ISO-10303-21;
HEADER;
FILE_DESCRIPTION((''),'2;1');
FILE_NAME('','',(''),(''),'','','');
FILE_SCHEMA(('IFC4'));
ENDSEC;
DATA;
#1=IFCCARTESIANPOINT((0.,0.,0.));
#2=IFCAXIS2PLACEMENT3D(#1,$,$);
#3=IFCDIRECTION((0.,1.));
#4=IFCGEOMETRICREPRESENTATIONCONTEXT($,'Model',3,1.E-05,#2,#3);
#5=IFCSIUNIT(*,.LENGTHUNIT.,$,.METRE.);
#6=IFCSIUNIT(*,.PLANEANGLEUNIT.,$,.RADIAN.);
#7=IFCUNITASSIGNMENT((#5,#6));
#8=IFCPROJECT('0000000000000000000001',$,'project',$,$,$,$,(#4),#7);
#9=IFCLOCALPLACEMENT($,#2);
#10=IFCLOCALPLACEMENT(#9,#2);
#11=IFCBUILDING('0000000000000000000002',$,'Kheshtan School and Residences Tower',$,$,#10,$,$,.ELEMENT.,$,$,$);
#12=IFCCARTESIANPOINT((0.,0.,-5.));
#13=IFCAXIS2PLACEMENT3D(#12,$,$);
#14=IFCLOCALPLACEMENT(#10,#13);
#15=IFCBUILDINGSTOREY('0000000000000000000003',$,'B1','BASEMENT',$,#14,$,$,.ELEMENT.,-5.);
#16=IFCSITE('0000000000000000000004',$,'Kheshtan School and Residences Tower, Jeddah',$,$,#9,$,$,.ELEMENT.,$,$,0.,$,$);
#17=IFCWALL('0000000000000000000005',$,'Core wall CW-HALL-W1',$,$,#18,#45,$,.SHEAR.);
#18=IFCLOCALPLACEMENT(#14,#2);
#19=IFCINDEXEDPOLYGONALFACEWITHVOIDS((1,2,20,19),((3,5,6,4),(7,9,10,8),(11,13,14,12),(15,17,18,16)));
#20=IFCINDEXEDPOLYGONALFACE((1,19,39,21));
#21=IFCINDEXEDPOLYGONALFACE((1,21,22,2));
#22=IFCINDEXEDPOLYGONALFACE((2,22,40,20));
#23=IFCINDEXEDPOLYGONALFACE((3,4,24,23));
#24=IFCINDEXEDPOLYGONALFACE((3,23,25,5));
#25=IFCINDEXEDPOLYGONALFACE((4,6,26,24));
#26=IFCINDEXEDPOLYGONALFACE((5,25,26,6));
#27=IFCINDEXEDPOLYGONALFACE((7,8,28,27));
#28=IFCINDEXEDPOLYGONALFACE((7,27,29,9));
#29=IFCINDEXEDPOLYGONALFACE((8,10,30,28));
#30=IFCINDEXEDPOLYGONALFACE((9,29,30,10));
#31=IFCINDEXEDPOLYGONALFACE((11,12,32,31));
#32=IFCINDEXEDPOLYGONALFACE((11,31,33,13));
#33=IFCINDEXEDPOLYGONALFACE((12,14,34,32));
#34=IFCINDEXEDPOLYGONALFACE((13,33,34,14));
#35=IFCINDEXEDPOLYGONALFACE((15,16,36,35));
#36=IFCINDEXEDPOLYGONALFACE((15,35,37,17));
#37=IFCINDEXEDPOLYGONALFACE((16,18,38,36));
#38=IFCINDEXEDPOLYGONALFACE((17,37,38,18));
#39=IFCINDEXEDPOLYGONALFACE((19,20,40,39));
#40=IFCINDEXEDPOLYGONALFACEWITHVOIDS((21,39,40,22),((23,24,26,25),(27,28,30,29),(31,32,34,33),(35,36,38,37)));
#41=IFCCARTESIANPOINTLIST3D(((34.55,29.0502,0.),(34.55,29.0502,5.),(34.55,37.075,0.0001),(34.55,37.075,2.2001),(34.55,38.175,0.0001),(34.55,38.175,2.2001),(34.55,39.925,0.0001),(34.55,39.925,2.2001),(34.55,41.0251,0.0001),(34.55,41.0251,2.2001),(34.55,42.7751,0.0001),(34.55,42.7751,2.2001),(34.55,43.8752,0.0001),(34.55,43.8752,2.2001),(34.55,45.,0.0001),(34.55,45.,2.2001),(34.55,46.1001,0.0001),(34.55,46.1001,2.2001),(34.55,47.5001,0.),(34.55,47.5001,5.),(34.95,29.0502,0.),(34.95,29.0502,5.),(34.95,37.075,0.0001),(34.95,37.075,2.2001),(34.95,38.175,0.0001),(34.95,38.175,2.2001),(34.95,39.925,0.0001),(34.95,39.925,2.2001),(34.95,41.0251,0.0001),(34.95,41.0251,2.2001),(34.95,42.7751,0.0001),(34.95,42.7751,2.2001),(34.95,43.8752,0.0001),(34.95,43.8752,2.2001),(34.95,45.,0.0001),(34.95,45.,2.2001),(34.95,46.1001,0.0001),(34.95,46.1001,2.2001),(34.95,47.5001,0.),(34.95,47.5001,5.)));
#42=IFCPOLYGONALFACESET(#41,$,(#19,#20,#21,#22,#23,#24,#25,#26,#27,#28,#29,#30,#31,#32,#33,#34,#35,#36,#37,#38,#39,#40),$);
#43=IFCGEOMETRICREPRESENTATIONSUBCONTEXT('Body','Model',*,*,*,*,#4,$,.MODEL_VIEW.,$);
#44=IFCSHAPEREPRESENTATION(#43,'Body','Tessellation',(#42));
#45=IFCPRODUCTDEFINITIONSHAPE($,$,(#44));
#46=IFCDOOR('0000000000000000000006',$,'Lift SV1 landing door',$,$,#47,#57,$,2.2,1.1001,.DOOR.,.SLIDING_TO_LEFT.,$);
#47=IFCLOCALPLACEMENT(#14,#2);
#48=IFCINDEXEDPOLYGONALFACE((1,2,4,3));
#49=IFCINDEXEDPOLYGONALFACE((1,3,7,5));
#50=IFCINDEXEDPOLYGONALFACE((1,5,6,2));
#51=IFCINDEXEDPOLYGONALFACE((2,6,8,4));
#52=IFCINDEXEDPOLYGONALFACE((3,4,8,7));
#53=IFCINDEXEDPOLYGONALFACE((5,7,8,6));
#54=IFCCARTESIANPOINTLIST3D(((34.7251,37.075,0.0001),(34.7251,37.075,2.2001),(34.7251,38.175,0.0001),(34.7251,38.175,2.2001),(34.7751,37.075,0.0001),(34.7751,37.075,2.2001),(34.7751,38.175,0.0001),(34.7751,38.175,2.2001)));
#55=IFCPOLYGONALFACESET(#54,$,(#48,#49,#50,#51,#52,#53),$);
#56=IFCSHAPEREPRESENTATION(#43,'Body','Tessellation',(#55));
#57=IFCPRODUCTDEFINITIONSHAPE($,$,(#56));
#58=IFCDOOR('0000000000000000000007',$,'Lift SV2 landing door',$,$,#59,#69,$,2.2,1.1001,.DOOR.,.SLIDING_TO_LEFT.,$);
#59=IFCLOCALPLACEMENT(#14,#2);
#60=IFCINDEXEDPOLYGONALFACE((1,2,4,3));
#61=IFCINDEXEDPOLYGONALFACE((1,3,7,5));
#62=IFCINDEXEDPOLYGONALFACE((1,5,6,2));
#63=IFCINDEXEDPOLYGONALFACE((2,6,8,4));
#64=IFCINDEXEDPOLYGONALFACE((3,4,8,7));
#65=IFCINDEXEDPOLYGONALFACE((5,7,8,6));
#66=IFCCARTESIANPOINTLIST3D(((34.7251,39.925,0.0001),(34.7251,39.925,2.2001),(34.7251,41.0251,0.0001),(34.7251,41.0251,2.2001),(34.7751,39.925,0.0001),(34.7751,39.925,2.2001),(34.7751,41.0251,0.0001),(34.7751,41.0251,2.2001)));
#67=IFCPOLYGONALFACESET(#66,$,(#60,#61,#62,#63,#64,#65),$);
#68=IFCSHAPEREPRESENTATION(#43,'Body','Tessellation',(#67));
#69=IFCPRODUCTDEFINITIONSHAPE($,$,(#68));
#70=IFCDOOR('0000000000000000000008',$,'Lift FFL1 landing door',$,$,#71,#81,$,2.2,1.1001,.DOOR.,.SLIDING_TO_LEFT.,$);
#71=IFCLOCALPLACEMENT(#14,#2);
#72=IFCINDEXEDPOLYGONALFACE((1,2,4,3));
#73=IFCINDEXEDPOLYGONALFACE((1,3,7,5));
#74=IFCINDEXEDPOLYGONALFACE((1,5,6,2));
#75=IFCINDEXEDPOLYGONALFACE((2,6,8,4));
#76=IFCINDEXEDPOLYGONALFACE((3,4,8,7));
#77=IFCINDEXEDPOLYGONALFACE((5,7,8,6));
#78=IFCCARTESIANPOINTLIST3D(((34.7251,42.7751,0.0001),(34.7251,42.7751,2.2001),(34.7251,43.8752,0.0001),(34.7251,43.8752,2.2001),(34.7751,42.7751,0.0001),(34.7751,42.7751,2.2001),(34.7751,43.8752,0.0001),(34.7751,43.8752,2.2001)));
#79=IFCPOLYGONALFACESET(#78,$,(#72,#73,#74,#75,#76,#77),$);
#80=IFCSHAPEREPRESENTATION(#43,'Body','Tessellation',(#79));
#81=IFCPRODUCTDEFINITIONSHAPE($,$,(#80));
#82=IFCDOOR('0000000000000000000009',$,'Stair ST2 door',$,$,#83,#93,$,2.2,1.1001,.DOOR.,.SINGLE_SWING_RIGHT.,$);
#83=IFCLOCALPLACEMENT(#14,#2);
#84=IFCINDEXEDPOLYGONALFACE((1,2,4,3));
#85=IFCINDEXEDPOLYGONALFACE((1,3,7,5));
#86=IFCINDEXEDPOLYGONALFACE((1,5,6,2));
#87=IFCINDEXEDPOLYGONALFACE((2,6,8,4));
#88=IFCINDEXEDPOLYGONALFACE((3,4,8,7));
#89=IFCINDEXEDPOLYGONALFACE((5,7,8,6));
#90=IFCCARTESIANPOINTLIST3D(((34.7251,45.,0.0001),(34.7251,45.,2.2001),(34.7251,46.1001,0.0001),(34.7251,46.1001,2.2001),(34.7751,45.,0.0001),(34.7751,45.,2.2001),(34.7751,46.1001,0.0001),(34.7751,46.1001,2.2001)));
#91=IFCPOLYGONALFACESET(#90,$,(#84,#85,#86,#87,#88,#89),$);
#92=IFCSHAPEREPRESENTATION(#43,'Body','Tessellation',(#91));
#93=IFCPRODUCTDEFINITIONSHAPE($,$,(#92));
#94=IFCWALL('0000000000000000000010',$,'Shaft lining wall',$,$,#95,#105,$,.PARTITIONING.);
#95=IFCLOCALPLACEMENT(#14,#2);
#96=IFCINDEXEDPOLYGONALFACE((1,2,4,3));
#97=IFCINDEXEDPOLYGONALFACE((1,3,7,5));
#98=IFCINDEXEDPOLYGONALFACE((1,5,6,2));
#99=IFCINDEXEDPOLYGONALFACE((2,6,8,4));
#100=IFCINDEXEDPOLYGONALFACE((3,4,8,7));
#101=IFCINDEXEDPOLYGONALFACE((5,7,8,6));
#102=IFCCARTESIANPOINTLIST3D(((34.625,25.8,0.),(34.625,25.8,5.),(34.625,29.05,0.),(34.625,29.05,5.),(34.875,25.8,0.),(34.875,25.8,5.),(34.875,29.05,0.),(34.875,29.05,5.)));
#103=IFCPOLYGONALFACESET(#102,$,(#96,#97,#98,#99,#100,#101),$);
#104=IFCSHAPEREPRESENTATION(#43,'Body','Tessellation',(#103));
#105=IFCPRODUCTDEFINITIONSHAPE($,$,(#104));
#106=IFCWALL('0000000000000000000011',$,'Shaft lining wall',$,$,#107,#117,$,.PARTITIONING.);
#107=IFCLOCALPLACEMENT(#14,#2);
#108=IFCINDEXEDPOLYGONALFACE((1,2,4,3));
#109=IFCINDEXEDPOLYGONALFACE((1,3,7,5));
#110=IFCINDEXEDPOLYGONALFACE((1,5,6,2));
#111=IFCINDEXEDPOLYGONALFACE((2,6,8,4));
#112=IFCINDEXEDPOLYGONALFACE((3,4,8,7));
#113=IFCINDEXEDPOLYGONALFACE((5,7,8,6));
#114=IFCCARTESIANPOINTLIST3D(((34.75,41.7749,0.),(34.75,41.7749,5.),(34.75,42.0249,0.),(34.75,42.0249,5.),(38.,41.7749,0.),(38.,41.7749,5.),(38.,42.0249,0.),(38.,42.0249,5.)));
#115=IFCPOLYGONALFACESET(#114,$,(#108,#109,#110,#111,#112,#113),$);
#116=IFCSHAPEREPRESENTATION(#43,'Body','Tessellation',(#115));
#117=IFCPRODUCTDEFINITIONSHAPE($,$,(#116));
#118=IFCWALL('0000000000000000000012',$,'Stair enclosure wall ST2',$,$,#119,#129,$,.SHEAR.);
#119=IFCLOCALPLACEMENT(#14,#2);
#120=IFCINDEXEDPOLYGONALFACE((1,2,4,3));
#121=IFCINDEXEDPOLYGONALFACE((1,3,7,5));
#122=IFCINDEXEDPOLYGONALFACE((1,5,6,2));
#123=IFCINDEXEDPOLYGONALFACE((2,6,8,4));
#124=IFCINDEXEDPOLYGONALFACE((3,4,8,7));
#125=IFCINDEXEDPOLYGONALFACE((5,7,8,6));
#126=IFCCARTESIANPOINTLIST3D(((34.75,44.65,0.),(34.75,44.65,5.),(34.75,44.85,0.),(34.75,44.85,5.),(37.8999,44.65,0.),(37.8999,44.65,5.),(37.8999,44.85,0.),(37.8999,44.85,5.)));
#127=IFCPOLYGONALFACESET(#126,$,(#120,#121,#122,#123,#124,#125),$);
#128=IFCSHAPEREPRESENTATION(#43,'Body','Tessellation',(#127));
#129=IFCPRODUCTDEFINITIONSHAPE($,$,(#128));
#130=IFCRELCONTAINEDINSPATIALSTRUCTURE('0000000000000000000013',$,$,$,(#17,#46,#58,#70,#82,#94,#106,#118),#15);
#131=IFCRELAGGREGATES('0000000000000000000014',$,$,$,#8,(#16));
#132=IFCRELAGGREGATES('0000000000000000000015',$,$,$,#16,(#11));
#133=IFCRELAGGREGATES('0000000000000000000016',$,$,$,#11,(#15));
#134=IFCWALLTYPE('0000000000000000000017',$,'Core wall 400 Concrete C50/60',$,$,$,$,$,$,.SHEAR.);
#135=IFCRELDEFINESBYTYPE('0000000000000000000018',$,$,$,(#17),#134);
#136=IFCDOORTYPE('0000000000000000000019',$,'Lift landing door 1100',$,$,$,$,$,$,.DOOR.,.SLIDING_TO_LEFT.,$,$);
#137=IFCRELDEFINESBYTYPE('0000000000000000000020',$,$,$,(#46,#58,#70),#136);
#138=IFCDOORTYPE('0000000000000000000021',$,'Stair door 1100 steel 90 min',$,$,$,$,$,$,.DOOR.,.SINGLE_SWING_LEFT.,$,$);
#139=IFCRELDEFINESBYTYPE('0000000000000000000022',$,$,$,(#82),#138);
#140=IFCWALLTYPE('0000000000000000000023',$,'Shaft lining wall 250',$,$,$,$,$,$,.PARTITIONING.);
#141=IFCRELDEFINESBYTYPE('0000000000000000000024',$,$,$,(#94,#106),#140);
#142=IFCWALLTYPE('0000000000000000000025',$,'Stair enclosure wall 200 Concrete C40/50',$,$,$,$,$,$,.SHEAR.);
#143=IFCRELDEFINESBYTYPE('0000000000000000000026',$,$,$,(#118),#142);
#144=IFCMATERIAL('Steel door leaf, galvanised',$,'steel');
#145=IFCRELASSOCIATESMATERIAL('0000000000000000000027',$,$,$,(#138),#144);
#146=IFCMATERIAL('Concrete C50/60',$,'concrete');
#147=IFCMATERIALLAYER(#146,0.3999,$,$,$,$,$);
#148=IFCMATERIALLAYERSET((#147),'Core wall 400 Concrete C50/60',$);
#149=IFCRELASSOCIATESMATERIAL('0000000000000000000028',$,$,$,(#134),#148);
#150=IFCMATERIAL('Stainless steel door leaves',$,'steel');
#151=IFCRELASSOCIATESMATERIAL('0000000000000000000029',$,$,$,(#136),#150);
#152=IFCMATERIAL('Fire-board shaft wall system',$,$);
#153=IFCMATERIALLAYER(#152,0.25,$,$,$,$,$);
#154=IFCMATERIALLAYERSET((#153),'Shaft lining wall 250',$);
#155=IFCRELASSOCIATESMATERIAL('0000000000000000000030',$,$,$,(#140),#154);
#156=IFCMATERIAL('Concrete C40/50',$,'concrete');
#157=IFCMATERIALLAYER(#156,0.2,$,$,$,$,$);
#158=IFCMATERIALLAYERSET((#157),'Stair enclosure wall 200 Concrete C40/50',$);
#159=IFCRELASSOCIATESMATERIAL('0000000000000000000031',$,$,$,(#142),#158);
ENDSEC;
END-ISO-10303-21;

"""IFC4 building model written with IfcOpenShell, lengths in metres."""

from ifc_helpers import new_model, si_unit, direction, frame, frame_2d, origin, place, context, subcontext, project, spatial, rectangle, extrude, source, transform, mapped, material, layer, layer_set, type_object, element, fill, save


model = new_model("IFC4")

# Units and contexts
model_context = context("Model", 3, precision=1e-05, world=origin(), true_north=direction((0.0, 1.0)))
body_context = subcontext(model_context, "Body", "Model", "MODEL_VIEW")
ifc_project = project(units=[si_unit("LENGTHUNIT", "METRE"), si_unit("PLANEANGLEUNIT", "RADIAN")], contexts=[model_context])

# Site, building, storey
site_placement = place(None, origin())
site = spatial("IfcSite", under=ifc_project, at=site_placement, Name="Kheshtan School and Residences Tower, Jeddah", CompositionType="ELEMENT", RefElevation=0.0)
building_placement = place(site_placement, origin())
building = spatial("IfcBuilding", under=site, at=building_placement, Name="Kheshtan School and Residences Tower", CompositionType="ELEMENT")
storey_placement = place(building_placement, frame((0.0, 0.0, -5.0)))
storey = spatial("IfcBuildingStorey", under=building, at=storey_placement, Name="B1", Description="BASEMENT", CompositionType="ELEMENT", Elevation=-5.0)

# Shared definitions
ifc_material_1 = material(Name="Steel door leaf, galvanised", Category="steel")
door_type_1 = type_object("IfcDoorType", Name="Stair door 1100 steel 90 min", OperationType="SINGLE_SWING_LEFT", PredefinedType="DOOR", material=ifc_material_1)

# Shared definitions
ifc_material_2 = material(Name="Concrete C50/60", Category="concrete")
ifc_layer_1 = layer(ifc_material_2, 0.3999)
ifc_layer_set_1 = layer_set([ifc_layer_1], Name="Core wall 400 Concrete C50/60")
wall_type_1 = type_object("IfcWallType", Name="Core wall 400 Concrete C50/60", PredefinedType="SHEAR", material=ifc_layer_set_1)
ifc_material_3 = material(Name="Stainless steel door leaves", Category="steel")
door_type_2 = type_object("IfcDoorType", Name="Lift landing door 1100", OperationType="SLIDING_TO_LEFT", PredefinedType="DOOR", material=ifc_material_3)
shared_shape_1 = source(origin(), body_context, "Body", "SweptSolid", [
    extrude(rectangle(XDim=1.1001, YDim=2.2, at=frame_2d((0.55, 1.1001))), frame((0.0, 0.0249, 0.0), z_axis=(0.0, -1.0, 0.0), x_axis=(1.0, 0.0, 0.0)), (0.0, 0.0, 1.0), 0.05),
])

# Wall, openings, doors
wall_1_placement = place(storey_placement, frame((34.75, 29.05, 0.0), z_axis=(0.0, 0.0, 1.0), x_axis=(0.0, 1.0, 0.0)))
wall_1 = element("IfcWall", 1, at=wall_1_placement, inside=storey, type_object=wall_type_1, Name="Core wall CW-HALL-W1", PredefinedType="SHEAR", context=body_context, shape_type="SweptSolid", body=[
    extrude(rectangle(XDim=18.45, YDim=0.3999, at=frame_2d((9.2251, 0.0))), origin(), (0.0, 0.0, 1.0), 5.0),
])
opening_1_placement = place(wall_1_placement, frame((8.0249, 0.0, 0.0)))
opening_1 = element("IfcOpeningElement", 2, at=opening_1_placement, cuts=wall_1, PredefinedType="OPENING", context=body_context, shape_type="SweptSolid", body=[
    extrude(rectangle(XDim=1.1001, YDim=2.2, at=frame_2d((0.55, 1.1001))), frame((0.0, 0.21, 0.0), z_axis=(0.0, -1.0, 0.0), x_axis=(1.0, 0.0, 0.0)), (0.0, 0.0, 1.0), 0.4199),
])
opening_2_placement = place(wall_1_placement, frame((10.875, 0.0, 0.0)))
opening_2 = element("IfcOpeningElement", 3, at=opening_2_placement, cuts=wall_1, PredefinedType="OPENING", context=body_context, shape_type="SweptSolid", body=[
    extrude(rectangle(XDim=1.1001, YDim=2.2, at=frame_2d((0.55, 1.1001))), frame((0.0, 0.21, 0.0), z_axis=(0.0, -1.0, 0.0), x_axis=(1.0, 0.0, 0.0)), (0.0, 0.0, 1.0), 0.4199),
])
opening_3_placement = place(wall_1_placement, frame((13.7251, 0.0, 0.0)))
opening_3 = element("IfcOpeningElement", 4, at=opening_3_placement, cuts=wall_1, PredefinedType="OPENING", context=body_context, shape_type="SweptSolid", body=[
    extrude(rectangle(XDim=1.1001, YDim=2.2, at=frame_2d((0.55, 1.1001))), frame((0.0, 0.21, 0.0), z_axis=(0.0, -1.0, 0.0), x_axis=(1.0, 0.0, 0.0)), (0.0, 0.0, 1.0), 0.4199),
])
opening_4_placement = place(wall_1_placement, frame((15.95, 0.0, 0.0)))
opening_4 = element("IfcOpeningElement", 5, at=opening_4_placement, cuts=wall_1, PredefinedType="OPENING", context=body_context, shape_type="SweptSolid", body=[
    extrude(rectangle(XDim=1.1001, YDim=2.2, at=frame_2d((0.55, 1.1001))), frame((0.0, 0.21, 0.0), z_axis=(0.0, -1.0, 0.0), x_axis=(1.0, 0.0, 0.0)), (0.0, 0.0, 1.0), 0.4199),
])
door_1_placement = place(opening_1_placement, origin())
door_1 = element("IfcDoor", 6, at=door_1_placement, inside=storey, type_object=door_type_2, Name="Lift SV1 landing door", OperationType="SLIDING_TO_LEFT", OverallHeight=2.2, OverallWidth=1.1001, PredefinedType="DOOR", context=body_context, shape_type="MappedRepresentation", body=[
    mapped(shared_shape_1, transform((0.0, 0.0, 0.0), x_axis=(1.0, 0.0, 0.0), y_axis=(0.0, 1.0, 0.0), z_axis=(0.0, 0.0, 1.0), scale=1.0)),
])
fill(opening_1, door_1)
door_2_placement = place(opening_2_placement, origin())
door_2 = element("IfcDoor", 7, at=door_2_placement, inside=storey, type_object=door_type_2, Name="Lift SV2 landing door", OperationType="SLIDING_TO_LEFT", OverallHeight=2.2, OverallWidth=1.1001, PredefinedType="DOOR", context=body_context, shape_type="MappedRepresentation", body=[
    mapped(shared_shape_1, transform((0.0, 0.0, 0.0), x_axis=(1.0, 0.0, 0.0), y_axis=(0.0, 1.0, 0.0), z_axis=(0.0, 0.0, 1.0), scale=1.0)),
])
fill(opening_2, door_2)
door_3_placement = place(opening_3_placement, origin())
door_3 = element("IfcDoor", 8, at=door_3_placement, inside=storey, type_object=door_type_2, Name="Lift FFL1 landing door", OperationType="SLIDING_TO_LEFT", OverallHeight=2.2, OverallWidth=1.1001, PredefinedType="DOOR", context=body_context, shape_type="MappedRepresentation", body=[
    mapped(shared_shape_1, transform((0.0, 0.0, 0.0), x_axis=(1.0, 0.0, 0.0), y_axis=(0.0, 1.0, 0.0), z_axis=(0.0, 0.0, 1.0), scale=1.0)),
])
fill(opening_3, door_3)
shared_shape_2 = source(origin(), body_context, "Body", "SweptSolid", [
    extrude(rectangle(XDim=1.1001, YDim=2.2, at=frame_2d((0.55, 1.1001))), frame((0.0, 0.0249, 0.0), z_axis=(0.0, -1.0, 0.0), x_axis=(1.0, 0.0, 0.0)), (0.0, 0.0, 1.0), 0.05),
])
door_4_placement = place(opening_4_placement, origin())
door_4 = element("IfcDoor", 9, at=door_4_placement, inside=storey, type_object=door_type_1, Name="Stair ST2 door", OperationType="SINGLE_SWING_RIGHT", OverallHeight=2.2, OverallWidth=1.1001, PredefinedType="DOOR", context=body_context, shape_type="MappedRepresentation", body=[
    mapped(shared_shape_2, transform((0.0, 0.0, 0.0), x_axis=(1.0, 0.0, 0.0), y_axis=(0.0, 1.0, 0.0), z_axis=(0.0, 0.0, 1.0), scale=1.0)),
])
fill(opening_4, door_4)

# Walls
ifc_material_4 = material(Name="Fire-board shaft wall system")
ifc_layer_2 = layer(ifc_material_4, 0.25)
ifc_layer_set_2 = layer_set([ifc_layer_2], Name="Shaft lining wall 250")
wall_type_2 = type_object("IfcWallType", Name="Shaft lining wall 250", PredefinedType="PARTITIONING", material=ifc_layer_set_2)
for number, where, z_axis, x_axis, name in (
    (10, (34.75, 25.8, 0.0), (0.0, 0.0, 1.0), (0.0, 1.0, 0.0), "Shaft lining wall"),
    (11, (34.75, 41.8999, 0.0), (0.0, 0.0, 1.0), (1.0, 0.0, 0.0), "Shaft lining wall"),
):
    element("IfcWall", number, at=place(storey_placement, frame(where, z_axis=z_axis, x_axis=x_axis)), inside=storey, type_object=wall_type_2, Name=name, PredefinedType="PARTITIONING", context=body_context, shape_type="SweptSolid", body=[
        extrude(rectangle(XDim=3.25, YDim=0.25, at=frame_2d((1.625, 0.0))), origin(), (0.0, 0.0, 1.0), 5.0),
    ])
ifc_material_5 = material(Name="Concrete C40/50", Category="concrete")
ifc_layer_3 = layer(ifc_material_5, 0.2)
ifc_layer_set_3 = layer_set([ifc_layer_3], Name="Stair enclosure wall 200 Concrete C40/50")
wall_type_3 = type_object("IfcWallType", Name="Stair enclosure wall 200 Concrete C40/50", PredefinedType="SHEAR", material=ifc_layer_set_3)
wall_2_placement = place(storey_placement, frame((34.75, 44.75, 0.0), z_axis=(0.0, 0.0, 1.0), x_axis=(1.0, 0.0, 0.0)))
element("IfcWall", 12, at=wall_2_placement, inside=storey, type_object=wall_type_3, Name="Stair enclosure wall ST2", PredefinedType="SHEAR", context=body_context, shape_type="SweptSolid", body=[
    extrude(rectangle(XDim=3.1499, YDim=0.2, at=frame_2d((1.575, 0.0))), origin(), (0.0, 0.0, 1.0), 5.0),
])

save(model, "model.ifc")
